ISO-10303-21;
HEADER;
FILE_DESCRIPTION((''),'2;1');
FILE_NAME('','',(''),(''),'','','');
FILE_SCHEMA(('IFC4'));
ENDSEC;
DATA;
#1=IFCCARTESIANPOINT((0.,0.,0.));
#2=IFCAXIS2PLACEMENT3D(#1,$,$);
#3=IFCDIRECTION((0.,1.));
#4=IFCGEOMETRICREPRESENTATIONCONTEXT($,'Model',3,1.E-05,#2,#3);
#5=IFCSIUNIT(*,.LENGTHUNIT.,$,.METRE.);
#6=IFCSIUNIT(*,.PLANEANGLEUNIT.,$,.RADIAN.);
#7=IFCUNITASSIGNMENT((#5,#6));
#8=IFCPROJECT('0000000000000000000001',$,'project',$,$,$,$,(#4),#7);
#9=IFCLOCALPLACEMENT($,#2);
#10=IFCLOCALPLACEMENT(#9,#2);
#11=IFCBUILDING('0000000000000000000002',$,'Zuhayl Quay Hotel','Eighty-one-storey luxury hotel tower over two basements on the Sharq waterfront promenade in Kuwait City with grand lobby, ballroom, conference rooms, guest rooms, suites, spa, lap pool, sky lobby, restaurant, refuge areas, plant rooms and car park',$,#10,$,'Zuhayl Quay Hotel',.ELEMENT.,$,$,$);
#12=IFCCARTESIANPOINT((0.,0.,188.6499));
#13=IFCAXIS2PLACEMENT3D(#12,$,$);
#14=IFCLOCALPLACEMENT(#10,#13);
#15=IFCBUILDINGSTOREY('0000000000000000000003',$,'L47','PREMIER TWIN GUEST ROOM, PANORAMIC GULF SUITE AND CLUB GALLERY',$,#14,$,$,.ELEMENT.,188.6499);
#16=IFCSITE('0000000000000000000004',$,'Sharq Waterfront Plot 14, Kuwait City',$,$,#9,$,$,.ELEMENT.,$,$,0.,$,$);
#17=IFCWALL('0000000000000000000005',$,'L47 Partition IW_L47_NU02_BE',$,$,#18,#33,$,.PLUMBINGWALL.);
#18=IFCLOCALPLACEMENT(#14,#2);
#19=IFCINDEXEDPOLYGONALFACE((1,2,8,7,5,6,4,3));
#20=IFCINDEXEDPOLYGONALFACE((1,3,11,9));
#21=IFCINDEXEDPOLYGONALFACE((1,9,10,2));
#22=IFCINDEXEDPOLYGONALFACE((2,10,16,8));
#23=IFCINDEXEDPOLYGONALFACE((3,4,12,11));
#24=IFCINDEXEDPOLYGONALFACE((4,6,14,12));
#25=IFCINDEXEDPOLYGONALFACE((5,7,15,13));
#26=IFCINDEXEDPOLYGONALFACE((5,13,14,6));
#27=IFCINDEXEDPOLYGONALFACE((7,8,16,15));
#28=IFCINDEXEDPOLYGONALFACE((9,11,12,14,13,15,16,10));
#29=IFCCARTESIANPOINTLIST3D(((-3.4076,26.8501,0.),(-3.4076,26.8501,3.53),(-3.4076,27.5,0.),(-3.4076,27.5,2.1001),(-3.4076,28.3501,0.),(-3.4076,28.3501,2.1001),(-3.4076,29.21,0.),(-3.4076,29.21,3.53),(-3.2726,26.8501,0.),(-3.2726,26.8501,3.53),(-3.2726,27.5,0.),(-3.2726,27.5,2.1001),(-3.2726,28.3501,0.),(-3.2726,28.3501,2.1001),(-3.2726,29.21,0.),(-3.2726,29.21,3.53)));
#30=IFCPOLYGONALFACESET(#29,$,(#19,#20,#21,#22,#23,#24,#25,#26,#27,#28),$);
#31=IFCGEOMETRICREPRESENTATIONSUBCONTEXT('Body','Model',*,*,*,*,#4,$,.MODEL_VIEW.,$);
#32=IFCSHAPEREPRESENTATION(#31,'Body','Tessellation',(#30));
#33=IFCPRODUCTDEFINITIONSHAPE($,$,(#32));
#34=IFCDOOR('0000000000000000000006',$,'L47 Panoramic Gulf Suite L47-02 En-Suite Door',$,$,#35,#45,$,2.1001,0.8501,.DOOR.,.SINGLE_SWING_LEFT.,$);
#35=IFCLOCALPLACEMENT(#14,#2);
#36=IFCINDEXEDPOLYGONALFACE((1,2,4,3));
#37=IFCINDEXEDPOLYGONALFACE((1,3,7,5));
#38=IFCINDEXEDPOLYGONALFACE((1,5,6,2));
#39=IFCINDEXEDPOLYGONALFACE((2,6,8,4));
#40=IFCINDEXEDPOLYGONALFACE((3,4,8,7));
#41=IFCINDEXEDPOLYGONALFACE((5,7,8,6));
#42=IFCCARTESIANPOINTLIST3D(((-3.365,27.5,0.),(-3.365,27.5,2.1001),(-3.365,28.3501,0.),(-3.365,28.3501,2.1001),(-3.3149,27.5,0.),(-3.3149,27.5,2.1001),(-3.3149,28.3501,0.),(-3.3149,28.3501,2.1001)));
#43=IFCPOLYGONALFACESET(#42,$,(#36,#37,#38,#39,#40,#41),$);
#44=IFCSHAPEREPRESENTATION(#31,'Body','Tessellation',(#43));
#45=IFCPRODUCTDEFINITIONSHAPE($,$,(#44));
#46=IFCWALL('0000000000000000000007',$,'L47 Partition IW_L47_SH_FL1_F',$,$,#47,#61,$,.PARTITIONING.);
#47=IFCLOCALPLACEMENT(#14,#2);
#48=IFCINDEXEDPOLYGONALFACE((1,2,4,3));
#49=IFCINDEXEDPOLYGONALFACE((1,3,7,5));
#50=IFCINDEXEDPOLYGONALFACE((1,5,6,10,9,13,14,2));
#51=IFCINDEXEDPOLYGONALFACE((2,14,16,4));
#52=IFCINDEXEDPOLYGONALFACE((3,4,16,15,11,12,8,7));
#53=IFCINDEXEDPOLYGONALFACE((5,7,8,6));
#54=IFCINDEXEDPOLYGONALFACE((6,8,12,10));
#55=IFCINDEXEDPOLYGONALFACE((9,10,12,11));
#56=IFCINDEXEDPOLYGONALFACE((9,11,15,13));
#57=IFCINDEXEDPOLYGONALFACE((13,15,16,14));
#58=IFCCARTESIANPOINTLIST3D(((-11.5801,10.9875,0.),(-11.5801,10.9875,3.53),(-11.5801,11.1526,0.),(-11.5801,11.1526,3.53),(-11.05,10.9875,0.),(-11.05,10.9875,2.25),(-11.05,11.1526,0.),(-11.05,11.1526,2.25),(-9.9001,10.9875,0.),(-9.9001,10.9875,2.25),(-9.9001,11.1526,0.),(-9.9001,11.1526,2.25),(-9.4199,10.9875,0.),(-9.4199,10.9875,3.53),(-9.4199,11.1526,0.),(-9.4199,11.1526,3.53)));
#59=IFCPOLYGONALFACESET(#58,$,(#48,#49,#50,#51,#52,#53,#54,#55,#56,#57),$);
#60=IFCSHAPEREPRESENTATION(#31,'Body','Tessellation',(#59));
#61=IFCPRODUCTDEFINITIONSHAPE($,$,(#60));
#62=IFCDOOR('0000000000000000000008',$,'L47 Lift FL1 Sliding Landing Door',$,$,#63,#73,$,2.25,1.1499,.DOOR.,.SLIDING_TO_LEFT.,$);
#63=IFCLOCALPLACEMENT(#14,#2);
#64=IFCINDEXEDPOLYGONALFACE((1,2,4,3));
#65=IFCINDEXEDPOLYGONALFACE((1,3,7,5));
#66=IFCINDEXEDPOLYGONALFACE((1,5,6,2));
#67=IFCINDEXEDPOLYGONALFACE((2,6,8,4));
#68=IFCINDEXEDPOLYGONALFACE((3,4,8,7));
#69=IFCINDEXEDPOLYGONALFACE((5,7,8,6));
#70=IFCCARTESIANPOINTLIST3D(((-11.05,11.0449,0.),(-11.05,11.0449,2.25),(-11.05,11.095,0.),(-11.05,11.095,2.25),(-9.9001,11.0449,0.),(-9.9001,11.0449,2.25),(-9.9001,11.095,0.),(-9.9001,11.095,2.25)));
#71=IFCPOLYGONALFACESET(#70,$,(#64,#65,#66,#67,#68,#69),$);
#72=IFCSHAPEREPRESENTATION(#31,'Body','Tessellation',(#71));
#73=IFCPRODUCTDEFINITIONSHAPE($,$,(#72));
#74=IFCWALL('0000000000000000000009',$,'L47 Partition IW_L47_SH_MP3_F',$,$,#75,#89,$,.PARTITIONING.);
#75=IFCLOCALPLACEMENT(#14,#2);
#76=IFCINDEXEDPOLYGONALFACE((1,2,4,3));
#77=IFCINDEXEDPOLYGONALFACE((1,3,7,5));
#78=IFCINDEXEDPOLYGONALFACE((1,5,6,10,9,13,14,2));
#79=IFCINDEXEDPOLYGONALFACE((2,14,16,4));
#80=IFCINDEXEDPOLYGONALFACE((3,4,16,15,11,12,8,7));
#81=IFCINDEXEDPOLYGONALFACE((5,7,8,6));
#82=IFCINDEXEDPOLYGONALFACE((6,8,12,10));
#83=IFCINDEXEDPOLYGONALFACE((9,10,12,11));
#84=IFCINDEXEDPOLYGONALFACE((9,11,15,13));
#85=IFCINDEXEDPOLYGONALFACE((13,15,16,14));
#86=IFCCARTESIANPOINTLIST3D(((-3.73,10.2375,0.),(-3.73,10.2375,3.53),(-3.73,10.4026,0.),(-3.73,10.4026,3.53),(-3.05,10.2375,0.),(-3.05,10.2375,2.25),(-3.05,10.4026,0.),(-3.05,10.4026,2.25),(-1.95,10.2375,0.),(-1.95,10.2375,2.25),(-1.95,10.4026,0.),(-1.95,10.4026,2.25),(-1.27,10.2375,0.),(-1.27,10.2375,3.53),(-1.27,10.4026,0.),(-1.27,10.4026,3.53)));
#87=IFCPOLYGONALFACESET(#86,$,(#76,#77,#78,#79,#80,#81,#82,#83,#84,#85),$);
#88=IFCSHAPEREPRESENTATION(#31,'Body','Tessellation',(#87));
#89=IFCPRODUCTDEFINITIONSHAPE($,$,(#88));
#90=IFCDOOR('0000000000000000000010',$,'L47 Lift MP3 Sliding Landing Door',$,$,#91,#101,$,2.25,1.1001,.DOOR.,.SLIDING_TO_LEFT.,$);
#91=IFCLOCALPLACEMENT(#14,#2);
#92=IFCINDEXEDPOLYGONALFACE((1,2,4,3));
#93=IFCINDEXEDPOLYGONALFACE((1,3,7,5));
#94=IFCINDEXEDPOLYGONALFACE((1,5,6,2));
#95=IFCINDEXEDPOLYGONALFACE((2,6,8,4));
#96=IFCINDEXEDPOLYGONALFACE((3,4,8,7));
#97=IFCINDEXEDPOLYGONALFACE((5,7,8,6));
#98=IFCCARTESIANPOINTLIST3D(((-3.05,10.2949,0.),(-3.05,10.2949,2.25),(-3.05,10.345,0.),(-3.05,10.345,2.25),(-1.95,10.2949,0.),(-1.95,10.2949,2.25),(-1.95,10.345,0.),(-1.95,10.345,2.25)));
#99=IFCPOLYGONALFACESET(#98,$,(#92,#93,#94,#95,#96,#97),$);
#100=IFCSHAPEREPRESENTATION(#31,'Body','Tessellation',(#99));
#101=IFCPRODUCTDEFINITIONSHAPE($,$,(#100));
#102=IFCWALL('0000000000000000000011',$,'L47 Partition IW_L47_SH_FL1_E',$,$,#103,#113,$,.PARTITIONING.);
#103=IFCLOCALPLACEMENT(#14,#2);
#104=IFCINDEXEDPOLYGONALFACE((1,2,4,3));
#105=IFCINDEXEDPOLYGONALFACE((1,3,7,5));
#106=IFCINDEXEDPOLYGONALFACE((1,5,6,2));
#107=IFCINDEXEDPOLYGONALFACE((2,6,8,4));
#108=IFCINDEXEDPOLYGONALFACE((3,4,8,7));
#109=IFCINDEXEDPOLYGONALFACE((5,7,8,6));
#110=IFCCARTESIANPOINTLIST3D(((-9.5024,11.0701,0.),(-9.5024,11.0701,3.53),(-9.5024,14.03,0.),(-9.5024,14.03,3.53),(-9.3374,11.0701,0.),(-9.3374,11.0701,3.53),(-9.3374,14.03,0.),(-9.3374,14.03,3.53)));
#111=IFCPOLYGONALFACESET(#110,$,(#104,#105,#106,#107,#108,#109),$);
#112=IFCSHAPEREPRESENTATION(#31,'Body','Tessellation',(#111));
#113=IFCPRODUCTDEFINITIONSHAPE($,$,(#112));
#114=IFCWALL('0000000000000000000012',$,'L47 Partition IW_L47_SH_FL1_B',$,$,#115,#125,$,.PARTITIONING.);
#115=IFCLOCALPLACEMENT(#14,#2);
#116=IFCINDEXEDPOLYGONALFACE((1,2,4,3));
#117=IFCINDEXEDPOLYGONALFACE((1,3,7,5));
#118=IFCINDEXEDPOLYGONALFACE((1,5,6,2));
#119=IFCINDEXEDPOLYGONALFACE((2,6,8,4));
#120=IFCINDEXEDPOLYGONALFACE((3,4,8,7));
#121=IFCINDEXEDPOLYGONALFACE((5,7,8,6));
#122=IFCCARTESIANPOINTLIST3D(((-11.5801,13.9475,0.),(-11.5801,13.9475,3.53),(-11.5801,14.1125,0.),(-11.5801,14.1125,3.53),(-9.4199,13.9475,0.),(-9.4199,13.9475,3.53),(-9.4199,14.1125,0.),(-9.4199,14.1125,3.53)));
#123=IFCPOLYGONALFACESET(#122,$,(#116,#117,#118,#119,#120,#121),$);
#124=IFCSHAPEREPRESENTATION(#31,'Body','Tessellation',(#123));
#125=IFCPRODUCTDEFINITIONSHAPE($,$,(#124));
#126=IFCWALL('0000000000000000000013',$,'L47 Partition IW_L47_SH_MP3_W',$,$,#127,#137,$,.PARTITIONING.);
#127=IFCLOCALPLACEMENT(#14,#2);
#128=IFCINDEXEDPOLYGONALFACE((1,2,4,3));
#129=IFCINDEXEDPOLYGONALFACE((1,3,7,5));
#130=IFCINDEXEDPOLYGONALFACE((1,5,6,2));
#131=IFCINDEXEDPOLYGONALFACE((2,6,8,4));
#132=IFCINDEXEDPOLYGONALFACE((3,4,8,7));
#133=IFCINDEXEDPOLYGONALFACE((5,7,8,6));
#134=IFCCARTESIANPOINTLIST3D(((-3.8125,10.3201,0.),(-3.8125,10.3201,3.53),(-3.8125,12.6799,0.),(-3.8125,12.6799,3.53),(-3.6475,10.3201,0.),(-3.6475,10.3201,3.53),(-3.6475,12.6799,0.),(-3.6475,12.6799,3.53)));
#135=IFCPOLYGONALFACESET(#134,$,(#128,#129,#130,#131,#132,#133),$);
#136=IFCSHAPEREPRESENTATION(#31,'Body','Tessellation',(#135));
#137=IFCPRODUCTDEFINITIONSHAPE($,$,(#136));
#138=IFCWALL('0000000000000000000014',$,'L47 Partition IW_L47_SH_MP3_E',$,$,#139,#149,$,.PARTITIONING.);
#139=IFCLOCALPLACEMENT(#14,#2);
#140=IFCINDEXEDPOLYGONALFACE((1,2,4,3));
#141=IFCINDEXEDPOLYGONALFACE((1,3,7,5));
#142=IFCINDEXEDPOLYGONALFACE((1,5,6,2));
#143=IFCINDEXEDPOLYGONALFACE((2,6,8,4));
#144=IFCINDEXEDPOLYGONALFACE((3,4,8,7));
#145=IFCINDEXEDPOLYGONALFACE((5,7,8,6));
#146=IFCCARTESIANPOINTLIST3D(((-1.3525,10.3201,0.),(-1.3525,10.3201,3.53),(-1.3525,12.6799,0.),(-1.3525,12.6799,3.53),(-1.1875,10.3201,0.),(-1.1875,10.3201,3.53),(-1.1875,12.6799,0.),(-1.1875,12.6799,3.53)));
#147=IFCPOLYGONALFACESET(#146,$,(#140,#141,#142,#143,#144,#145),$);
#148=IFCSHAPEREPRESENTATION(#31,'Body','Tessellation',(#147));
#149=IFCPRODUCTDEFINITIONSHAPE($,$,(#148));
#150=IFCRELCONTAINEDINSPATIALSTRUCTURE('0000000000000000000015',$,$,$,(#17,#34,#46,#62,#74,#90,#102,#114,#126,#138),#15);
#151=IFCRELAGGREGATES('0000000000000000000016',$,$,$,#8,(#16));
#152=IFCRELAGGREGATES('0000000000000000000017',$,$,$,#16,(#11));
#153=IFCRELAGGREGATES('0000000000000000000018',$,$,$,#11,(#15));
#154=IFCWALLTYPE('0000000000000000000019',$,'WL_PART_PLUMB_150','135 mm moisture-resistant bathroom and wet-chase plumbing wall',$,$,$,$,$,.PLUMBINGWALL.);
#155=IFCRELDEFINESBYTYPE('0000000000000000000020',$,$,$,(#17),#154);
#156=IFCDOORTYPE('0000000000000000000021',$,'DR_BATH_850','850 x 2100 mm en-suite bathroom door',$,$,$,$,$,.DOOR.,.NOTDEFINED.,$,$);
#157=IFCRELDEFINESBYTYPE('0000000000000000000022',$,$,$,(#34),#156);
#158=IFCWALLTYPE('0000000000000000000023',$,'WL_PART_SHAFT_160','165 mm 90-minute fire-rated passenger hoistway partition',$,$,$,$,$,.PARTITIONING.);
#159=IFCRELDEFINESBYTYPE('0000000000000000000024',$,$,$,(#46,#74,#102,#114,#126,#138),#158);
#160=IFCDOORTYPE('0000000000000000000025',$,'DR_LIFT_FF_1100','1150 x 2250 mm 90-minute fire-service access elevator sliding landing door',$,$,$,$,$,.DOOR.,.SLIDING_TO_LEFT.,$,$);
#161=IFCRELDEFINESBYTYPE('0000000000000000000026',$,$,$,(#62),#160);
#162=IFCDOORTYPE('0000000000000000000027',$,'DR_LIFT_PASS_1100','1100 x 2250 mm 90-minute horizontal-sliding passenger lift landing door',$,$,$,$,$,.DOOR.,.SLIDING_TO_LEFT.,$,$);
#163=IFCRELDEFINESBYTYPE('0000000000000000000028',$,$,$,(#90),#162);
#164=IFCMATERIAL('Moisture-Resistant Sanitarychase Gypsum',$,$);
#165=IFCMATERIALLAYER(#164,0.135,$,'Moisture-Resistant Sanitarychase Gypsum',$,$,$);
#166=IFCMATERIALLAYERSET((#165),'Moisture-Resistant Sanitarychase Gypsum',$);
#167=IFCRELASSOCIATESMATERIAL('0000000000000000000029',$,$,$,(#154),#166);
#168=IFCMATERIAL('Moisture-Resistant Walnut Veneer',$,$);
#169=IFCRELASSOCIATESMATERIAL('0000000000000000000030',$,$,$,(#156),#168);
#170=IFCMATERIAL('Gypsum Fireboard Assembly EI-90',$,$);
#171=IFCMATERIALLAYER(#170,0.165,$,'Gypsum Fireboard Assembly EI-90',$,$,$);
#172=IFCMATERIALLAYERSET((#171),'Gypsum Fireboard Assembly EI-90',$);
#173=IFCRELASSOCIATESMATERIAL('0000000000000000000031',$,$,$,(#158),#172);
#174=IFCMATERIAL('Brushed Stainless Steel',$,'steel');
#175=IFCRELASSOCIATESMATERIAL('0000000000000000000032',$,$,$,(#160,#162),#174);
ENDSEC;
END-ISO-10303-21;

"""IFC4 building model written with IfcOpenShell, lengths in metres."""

from ifc_helpers import new_model, si_unit, direction, frame, frame_2d, origin, place, context, subcontext, project, spatial, rectangle, extrude, material, layer, layer_set, type_object, element, fill, save


model = new_model("IFC4")

# Units and contexts
model_context = context("Model", 3, precision=1e-05, world=origin(), true_north=direction((0.0, 1.0)))
body_context = subcontext(model_context, "Body", "Model", "MODEL_VIEW")
ifc_project = project(units=[si_unit("LENGTHUNIT", "METRE"), si_unit("PLANEANGLEUNIT", "RADIAN")], contexts=[model_context])

# Site, building, storey
site_placement = place(None, origin())
site = spatial("IfcSite", under=ifc_project, at=site_placement, Name="Sharq Waterfront Plot 14, Kuwait City", CompositionType="ELEMENT", RefElevation=0.0)
building_placement = place(site_placement, origin())
building = spatial("IfcBuilding", under=site, at=building_placement, Name="Zuhayl Quay Hotel", Description="Eighty-one-storey luxury hotel tower over two basements on the Sharq waterfront promenade in Kuwait City with grand lobby, ballroom, conference rooms, guest rooms, suites, spa, lap pool, sky lobby, restaurant, refuge areas, plant rooms and car park", LongName="Zuhayl Quay Hotel", CompositionType="ELEMENT")
storey_placement = place(building_placement, frame((0.0, 0.0, 188.6499)))
storey = spatial("IfcBuildingStorey", under=building, at=storey_placement, Name="L47", Description="PREMIER TWIN GUEST ROOM, PANORAMIC GULF SUITE AND CLUB GALLERY", CompositionType="ELEMENT", Elevation=188.6499)

# Walls, openings, doors
ifc_material_1 = material(Name="Moisture-Resistant Sanitarychase Gypsum")
ifc_layer_1 = layer(ifc_material_1, 0.135, Name="Moisture-Resistant Sanitarychase Gypsum")
ifc_layer_set_1 = layer_set([ifc_layer_1], Name="Moisture-Resistant Sanitarychase Gypsum")
wall_type_1 = type_object("IfcWallType", Name="WL_PART_PLUMB_150", Description="135 mm moisture-resistant bathroom and wet-chase plumbing wall", PredefinedType="PLUMBINGWALL", material=ifc_layer_set_1)
ifc_material_2 = material(Name="Moisture-Resistant Walnut Veneer")
door_type_1 = type_object("IfcDoorType", Name="DR_BATH_850", Description="850 x 2100 mm en-suite bathroom door", OperationType="NOTDEFINED", PredefinedType="DOOR", material=ifc_material_2)
wall_1_placement = place(storey_placement, frame((-3.3401, 26.8501, 0.0), z_axis=(0.0, 0.0, 1.0), x_axis=(0.0, 1.0, 0.0)))
wall_1 = element("IfcWall", 1, at=wall_1_placement, inside=storey, type_object=wall_type_1, Name="L47 Partition IW_L47_NU02_BE", PredefinedType="PLUMBINGWALL", context=body_context, shape_type="SweptSolid", body=[
    extrude(rectangle(XDim=2.3599, YDim=0.135, at=frame_2d((1.1799, 0.0))), origin(), (0.0, 0.0, 1.0), 3.53),
])
opening_1_placement = place(wall_1_placement, frame((0.6499, 0.0, 0.0)))
opening_1 = element("IfcOpeningElement", 2, at=opening_1_placement, cuts=wall_1, PredefinedType="OPENING", context=body_context, shape_type="SweptSolid", body=[
    extrude(rectangle(XDim=0.8501, YDim=2.1001, at=frame_2d((0.425, 1.05))), frame((0.0, 0.0774, 0.0), z_axis=(0.0, -1.0, 0.0), x_axis=(1.0, 0.0, 0.0)), (0.0, 0.0, 1.0), 0.155),
])
door_1_placement = place(opening_1_placement, origin())
door_1 = element("IfcDoor", 3, at=door_1_placement, inside=storey, type_object=door_type_1, Name="L47 Panoramic Gulf Suite L47-02 En-Suite Door", OperationType="SINGLE_SWING_LEFT", OverallHeight=2.1001, OverallWidth=0.8501, PredefinedType="DOOR", context=body_context, shape_type="SweptSolid", body=[
    extrude(rectangle(XDim=0.8501, YDim=2.1001, at=frame_2d((0.425, 1.05))), frame((0.0, 0.0249, 0.0), z_axis=(0.0, -1.0, 0.0), x_axis=(1.0, 0.0, 0.0)), (0.0, 0.0, 1.0), 0.05),
])
fill(opening_1, door_1)
ifc_material_3 = material(Name="Gypsum Fireboard Assembly EI-90")
ifc_layer_2 = layer(ifc_material_3, 0.165, Name="Gypsum Fireboard Assembly EI-90")
ifc_layer_set_2 = layer_set([ifc_layer_2], Name="Gypsum Fireboard Assembly EI-90")
wall_type_2 = type_object("IfcWallType", Name="WL_PART_SHAFT_160", Description="165 mm 90-minute fire-rated passenger hoistway partition", PredefinedType="PARTITIONING", material=ifc_layer_set_2)
wall_2_placement = place(storey_placement, frame((-11.5801, 11.0701, 0.0), z_axis=(0.0, 0.0, 1.0), x_axis=(1.0, 0.0, 0.0)))
wall_2 = element("IfcWall", 4, at=wall_2_placement, inside=storey, type_object=wall_type_2, Name="L47 Partition IW_L47_SH_FL1_F", PredefinedType="PARTITIONING", context=body_context, shape_type="SweptSolid", body=[
    extrude(rectangle(XDim=2.1602, YDim=0.165, at=frame_2d((1.0801, 0.0))), origin(), (0.0, 0.0, 1.0), 3.53),
])
opening_2_placement = place(wall_2_placement, frame((0.53, 0.0, 0.0)))
opening_2 = element("IfcOpeningElement", 5, at=opening_2_placement, cuts=wall_2, PredefinedType="OPENING", context=body_context, shape_type="SweptSolid", body=[
    extrude(rectangle(XDim=1.1499, YDim=2.25, at=frame_2d((0.575, 1.125))), frame((0.0, 0.0925, 0.0), z_axis=(0.0, -1.0, 0.0), x_axis=(1.0, 0.0, 0.0)), (0.0, 0.0, 1.0), 0.1851),
])
ifc_material_4 = material(Name="Brushed Stainless Steel", Category="steel")
door_type_2 = type_object("IfcDoorType", Name="DR_LIFT_FF_1100", Description="1150 x 2250 mm 90-minute fire-service access elevator sliding landing door", OperationType="SLIDING_TO_LEFT", PredefinedType="DOOR", material=ifc_material_4)
door_2_placement = place(opening_2_placement, origin())
door_2 = element("IfcDoor", 6, at=door_2_placement, inside=storey, type_object=door_type_2, Name="L47 Lift FL1 Sliding Landing Door", OperationType="SLIDING_TO_LEFT", OverallHeight=2.25, OverallWidth=1.1499, PredefinedType="DOOR", context=body_context, shape_type="SweptSolid", body=[
    extrude(rectangle(XDim=1.1499, YDim=2.25, at=frame_2d((0.575, 1.125))), frame((0.0, 0.0249, 0.0), z_axis=(0.0, -1.0, 0.0), x_axis=(1.0, 0.0, 0.0)), (0.0, 0.0, 1.0), 0.05),
])
fill(opening_2, door_2)
wall_3_placement = place(storey_placement, frame((-3.73, 10.3201, 0.0), z_axis=(0.0, 0.0, 1.0), x_axis=(1.0, 0.0, 0.0)))
wall_3 = element("IfcWall", 7, at=wall_3_placement, inside=storey, type_object=wall_type_2, Name="L47 Partition IW_L47_SH_MP3_F", PredefinedType="PARTITIONING", context=body_context, shape_type="SweptSolid", body=[
    extrude(rectangle(XDim=2.46, YDim=0.165, at=frame_2d((1.23, 0.0))), origin(), (0.0, 0.0, 1.0), 3.53),
])
opening_3_placement = place(wall_3_placement, frame((0.6799, 0.0, 0.0)))
opening_3 = element("IfcOpeningElement", 8, at=opening_3_placement, cuts=wall_3, PredefinedType="OPENING", context=body_context, shape_type="SweptSolid", body=[
    extrude(rectangle(XDim=1.1001, YDim=2.25, at=frame_2d((0.55, 1.125))), frame((0.0, 0.0925, 0.0), z_axis=(0.0, -1.0, 0.0), x_axis=(1.0, 0.0, 0.0)), (0.0, 0.0, 1.0), 0.1851),
])
door_type_3 = type_object("IfcDoorType", Name="DR_LIFT_PASS_1100", Description="1100 x 2250 mm 90-minute horizontal-sliding passenger lift landing door", OperationType="SLIDING_TO_LEFT", PredefinedType="DOOR", material=ifc_material_4)
door_3_placement = place(opening_3_placement, origin())
door_3 = element("IfcDoor", 9, at=door_3_placement, inside=storey, type_object=door_type_3, Name="L47 Lift MP3 Sliding Landing Door", OperationType="SLIDING_TO_LEFT", OverallHeight=2.25, OverallWidth=1.1001, PredefinedType="DOOR", context=body_context, shape_type="SweptSolid", body=[
    extrude(rectangle(XDim=1.1001, YDim=2.25, at=frame_2d((0.55, 1.125))), frame((0.0, 0.0249, 0.0), z_axis=(0.0, -1.0, 0.0), x_axis=(1.0, 0.0, 0.0)), (0.0, 0.0, 1.0), 0.05),
])
fill(opening_3, door_3)

# Walls
wall_4_placement = place(storey_placement, frame((-9.4199, 11.0701, 0.0), z_axis=(0.0, 0.0, 1.0), x_axis=(0.0, 1.0, 0.0)))
element("IfcWall", 10, at=wall_4_placement, inside=storey, type_object=wall_type_2, Name="L47 Partition IW_L47_SH_FL1_E", PredefinedType="PARTITIONING", context=body_context, shape_type="SweptSolid", body=[
    extrude(rectangle(XDim=2.96, YDim=0.165, at=frame_2d((1.48, 0.0))), origin(), (0.0, 0.0, 1.0), 3.53),
])
wall_5_placement = place(storey_placement, frame((-11.5801, 14.03, 0.0), z_axis=(0.0, 0.0, 1.0), x_axis=(1.0, 0.0, 0.0)))
element("IfcWall", 11, at=wall_5_placement, inside=storey, type_object=wall_type_2, Name="L47 Partition IW_L47_SH_FL1_B", PredefinedType="PARTITIONING", context=body_context, shape_type="SweptSolid", body=[
    extrude(rectangle(XDim=2.1602, YDim=0.165, at=frame_2d((1.0801, 0.0))), origin(), (0.0, 0.0, 1.0), 3.53),
])
for number, where, z_axis, x_axis, name in (
    (12, (-3.73, 10.3201, 0.0), (0.0, 0.0, 1.0), (0.0, 1.0, 0.0), "L47 Partition IW_L47_SH_MP3_W"),
    (13, (-1.27, 10.3201, 0.0), (0.0, 0.0, 1.0), (0.0, 1.0, 0.0), "L47 Partition IW_L47_SH_MP3_E"),
):
    element("IfcWall", number, at=place(storey_placement, frame(where, z_axis=z_axis, x_axis=x_axis)), inside=storey, type_object=wall_type_2, Name=name, PredefinedType="PARTITIONING", context=body_context, shape_type="SweptSolid", body=[
        extrude(rectangle(XDim=2.3599, YDim=0.165, at=frame_2d((1.1799, 0.0))), origin(), (0.0, 0.0, 1.0), 3.53),
    ])

save(model, "model.ifc")
